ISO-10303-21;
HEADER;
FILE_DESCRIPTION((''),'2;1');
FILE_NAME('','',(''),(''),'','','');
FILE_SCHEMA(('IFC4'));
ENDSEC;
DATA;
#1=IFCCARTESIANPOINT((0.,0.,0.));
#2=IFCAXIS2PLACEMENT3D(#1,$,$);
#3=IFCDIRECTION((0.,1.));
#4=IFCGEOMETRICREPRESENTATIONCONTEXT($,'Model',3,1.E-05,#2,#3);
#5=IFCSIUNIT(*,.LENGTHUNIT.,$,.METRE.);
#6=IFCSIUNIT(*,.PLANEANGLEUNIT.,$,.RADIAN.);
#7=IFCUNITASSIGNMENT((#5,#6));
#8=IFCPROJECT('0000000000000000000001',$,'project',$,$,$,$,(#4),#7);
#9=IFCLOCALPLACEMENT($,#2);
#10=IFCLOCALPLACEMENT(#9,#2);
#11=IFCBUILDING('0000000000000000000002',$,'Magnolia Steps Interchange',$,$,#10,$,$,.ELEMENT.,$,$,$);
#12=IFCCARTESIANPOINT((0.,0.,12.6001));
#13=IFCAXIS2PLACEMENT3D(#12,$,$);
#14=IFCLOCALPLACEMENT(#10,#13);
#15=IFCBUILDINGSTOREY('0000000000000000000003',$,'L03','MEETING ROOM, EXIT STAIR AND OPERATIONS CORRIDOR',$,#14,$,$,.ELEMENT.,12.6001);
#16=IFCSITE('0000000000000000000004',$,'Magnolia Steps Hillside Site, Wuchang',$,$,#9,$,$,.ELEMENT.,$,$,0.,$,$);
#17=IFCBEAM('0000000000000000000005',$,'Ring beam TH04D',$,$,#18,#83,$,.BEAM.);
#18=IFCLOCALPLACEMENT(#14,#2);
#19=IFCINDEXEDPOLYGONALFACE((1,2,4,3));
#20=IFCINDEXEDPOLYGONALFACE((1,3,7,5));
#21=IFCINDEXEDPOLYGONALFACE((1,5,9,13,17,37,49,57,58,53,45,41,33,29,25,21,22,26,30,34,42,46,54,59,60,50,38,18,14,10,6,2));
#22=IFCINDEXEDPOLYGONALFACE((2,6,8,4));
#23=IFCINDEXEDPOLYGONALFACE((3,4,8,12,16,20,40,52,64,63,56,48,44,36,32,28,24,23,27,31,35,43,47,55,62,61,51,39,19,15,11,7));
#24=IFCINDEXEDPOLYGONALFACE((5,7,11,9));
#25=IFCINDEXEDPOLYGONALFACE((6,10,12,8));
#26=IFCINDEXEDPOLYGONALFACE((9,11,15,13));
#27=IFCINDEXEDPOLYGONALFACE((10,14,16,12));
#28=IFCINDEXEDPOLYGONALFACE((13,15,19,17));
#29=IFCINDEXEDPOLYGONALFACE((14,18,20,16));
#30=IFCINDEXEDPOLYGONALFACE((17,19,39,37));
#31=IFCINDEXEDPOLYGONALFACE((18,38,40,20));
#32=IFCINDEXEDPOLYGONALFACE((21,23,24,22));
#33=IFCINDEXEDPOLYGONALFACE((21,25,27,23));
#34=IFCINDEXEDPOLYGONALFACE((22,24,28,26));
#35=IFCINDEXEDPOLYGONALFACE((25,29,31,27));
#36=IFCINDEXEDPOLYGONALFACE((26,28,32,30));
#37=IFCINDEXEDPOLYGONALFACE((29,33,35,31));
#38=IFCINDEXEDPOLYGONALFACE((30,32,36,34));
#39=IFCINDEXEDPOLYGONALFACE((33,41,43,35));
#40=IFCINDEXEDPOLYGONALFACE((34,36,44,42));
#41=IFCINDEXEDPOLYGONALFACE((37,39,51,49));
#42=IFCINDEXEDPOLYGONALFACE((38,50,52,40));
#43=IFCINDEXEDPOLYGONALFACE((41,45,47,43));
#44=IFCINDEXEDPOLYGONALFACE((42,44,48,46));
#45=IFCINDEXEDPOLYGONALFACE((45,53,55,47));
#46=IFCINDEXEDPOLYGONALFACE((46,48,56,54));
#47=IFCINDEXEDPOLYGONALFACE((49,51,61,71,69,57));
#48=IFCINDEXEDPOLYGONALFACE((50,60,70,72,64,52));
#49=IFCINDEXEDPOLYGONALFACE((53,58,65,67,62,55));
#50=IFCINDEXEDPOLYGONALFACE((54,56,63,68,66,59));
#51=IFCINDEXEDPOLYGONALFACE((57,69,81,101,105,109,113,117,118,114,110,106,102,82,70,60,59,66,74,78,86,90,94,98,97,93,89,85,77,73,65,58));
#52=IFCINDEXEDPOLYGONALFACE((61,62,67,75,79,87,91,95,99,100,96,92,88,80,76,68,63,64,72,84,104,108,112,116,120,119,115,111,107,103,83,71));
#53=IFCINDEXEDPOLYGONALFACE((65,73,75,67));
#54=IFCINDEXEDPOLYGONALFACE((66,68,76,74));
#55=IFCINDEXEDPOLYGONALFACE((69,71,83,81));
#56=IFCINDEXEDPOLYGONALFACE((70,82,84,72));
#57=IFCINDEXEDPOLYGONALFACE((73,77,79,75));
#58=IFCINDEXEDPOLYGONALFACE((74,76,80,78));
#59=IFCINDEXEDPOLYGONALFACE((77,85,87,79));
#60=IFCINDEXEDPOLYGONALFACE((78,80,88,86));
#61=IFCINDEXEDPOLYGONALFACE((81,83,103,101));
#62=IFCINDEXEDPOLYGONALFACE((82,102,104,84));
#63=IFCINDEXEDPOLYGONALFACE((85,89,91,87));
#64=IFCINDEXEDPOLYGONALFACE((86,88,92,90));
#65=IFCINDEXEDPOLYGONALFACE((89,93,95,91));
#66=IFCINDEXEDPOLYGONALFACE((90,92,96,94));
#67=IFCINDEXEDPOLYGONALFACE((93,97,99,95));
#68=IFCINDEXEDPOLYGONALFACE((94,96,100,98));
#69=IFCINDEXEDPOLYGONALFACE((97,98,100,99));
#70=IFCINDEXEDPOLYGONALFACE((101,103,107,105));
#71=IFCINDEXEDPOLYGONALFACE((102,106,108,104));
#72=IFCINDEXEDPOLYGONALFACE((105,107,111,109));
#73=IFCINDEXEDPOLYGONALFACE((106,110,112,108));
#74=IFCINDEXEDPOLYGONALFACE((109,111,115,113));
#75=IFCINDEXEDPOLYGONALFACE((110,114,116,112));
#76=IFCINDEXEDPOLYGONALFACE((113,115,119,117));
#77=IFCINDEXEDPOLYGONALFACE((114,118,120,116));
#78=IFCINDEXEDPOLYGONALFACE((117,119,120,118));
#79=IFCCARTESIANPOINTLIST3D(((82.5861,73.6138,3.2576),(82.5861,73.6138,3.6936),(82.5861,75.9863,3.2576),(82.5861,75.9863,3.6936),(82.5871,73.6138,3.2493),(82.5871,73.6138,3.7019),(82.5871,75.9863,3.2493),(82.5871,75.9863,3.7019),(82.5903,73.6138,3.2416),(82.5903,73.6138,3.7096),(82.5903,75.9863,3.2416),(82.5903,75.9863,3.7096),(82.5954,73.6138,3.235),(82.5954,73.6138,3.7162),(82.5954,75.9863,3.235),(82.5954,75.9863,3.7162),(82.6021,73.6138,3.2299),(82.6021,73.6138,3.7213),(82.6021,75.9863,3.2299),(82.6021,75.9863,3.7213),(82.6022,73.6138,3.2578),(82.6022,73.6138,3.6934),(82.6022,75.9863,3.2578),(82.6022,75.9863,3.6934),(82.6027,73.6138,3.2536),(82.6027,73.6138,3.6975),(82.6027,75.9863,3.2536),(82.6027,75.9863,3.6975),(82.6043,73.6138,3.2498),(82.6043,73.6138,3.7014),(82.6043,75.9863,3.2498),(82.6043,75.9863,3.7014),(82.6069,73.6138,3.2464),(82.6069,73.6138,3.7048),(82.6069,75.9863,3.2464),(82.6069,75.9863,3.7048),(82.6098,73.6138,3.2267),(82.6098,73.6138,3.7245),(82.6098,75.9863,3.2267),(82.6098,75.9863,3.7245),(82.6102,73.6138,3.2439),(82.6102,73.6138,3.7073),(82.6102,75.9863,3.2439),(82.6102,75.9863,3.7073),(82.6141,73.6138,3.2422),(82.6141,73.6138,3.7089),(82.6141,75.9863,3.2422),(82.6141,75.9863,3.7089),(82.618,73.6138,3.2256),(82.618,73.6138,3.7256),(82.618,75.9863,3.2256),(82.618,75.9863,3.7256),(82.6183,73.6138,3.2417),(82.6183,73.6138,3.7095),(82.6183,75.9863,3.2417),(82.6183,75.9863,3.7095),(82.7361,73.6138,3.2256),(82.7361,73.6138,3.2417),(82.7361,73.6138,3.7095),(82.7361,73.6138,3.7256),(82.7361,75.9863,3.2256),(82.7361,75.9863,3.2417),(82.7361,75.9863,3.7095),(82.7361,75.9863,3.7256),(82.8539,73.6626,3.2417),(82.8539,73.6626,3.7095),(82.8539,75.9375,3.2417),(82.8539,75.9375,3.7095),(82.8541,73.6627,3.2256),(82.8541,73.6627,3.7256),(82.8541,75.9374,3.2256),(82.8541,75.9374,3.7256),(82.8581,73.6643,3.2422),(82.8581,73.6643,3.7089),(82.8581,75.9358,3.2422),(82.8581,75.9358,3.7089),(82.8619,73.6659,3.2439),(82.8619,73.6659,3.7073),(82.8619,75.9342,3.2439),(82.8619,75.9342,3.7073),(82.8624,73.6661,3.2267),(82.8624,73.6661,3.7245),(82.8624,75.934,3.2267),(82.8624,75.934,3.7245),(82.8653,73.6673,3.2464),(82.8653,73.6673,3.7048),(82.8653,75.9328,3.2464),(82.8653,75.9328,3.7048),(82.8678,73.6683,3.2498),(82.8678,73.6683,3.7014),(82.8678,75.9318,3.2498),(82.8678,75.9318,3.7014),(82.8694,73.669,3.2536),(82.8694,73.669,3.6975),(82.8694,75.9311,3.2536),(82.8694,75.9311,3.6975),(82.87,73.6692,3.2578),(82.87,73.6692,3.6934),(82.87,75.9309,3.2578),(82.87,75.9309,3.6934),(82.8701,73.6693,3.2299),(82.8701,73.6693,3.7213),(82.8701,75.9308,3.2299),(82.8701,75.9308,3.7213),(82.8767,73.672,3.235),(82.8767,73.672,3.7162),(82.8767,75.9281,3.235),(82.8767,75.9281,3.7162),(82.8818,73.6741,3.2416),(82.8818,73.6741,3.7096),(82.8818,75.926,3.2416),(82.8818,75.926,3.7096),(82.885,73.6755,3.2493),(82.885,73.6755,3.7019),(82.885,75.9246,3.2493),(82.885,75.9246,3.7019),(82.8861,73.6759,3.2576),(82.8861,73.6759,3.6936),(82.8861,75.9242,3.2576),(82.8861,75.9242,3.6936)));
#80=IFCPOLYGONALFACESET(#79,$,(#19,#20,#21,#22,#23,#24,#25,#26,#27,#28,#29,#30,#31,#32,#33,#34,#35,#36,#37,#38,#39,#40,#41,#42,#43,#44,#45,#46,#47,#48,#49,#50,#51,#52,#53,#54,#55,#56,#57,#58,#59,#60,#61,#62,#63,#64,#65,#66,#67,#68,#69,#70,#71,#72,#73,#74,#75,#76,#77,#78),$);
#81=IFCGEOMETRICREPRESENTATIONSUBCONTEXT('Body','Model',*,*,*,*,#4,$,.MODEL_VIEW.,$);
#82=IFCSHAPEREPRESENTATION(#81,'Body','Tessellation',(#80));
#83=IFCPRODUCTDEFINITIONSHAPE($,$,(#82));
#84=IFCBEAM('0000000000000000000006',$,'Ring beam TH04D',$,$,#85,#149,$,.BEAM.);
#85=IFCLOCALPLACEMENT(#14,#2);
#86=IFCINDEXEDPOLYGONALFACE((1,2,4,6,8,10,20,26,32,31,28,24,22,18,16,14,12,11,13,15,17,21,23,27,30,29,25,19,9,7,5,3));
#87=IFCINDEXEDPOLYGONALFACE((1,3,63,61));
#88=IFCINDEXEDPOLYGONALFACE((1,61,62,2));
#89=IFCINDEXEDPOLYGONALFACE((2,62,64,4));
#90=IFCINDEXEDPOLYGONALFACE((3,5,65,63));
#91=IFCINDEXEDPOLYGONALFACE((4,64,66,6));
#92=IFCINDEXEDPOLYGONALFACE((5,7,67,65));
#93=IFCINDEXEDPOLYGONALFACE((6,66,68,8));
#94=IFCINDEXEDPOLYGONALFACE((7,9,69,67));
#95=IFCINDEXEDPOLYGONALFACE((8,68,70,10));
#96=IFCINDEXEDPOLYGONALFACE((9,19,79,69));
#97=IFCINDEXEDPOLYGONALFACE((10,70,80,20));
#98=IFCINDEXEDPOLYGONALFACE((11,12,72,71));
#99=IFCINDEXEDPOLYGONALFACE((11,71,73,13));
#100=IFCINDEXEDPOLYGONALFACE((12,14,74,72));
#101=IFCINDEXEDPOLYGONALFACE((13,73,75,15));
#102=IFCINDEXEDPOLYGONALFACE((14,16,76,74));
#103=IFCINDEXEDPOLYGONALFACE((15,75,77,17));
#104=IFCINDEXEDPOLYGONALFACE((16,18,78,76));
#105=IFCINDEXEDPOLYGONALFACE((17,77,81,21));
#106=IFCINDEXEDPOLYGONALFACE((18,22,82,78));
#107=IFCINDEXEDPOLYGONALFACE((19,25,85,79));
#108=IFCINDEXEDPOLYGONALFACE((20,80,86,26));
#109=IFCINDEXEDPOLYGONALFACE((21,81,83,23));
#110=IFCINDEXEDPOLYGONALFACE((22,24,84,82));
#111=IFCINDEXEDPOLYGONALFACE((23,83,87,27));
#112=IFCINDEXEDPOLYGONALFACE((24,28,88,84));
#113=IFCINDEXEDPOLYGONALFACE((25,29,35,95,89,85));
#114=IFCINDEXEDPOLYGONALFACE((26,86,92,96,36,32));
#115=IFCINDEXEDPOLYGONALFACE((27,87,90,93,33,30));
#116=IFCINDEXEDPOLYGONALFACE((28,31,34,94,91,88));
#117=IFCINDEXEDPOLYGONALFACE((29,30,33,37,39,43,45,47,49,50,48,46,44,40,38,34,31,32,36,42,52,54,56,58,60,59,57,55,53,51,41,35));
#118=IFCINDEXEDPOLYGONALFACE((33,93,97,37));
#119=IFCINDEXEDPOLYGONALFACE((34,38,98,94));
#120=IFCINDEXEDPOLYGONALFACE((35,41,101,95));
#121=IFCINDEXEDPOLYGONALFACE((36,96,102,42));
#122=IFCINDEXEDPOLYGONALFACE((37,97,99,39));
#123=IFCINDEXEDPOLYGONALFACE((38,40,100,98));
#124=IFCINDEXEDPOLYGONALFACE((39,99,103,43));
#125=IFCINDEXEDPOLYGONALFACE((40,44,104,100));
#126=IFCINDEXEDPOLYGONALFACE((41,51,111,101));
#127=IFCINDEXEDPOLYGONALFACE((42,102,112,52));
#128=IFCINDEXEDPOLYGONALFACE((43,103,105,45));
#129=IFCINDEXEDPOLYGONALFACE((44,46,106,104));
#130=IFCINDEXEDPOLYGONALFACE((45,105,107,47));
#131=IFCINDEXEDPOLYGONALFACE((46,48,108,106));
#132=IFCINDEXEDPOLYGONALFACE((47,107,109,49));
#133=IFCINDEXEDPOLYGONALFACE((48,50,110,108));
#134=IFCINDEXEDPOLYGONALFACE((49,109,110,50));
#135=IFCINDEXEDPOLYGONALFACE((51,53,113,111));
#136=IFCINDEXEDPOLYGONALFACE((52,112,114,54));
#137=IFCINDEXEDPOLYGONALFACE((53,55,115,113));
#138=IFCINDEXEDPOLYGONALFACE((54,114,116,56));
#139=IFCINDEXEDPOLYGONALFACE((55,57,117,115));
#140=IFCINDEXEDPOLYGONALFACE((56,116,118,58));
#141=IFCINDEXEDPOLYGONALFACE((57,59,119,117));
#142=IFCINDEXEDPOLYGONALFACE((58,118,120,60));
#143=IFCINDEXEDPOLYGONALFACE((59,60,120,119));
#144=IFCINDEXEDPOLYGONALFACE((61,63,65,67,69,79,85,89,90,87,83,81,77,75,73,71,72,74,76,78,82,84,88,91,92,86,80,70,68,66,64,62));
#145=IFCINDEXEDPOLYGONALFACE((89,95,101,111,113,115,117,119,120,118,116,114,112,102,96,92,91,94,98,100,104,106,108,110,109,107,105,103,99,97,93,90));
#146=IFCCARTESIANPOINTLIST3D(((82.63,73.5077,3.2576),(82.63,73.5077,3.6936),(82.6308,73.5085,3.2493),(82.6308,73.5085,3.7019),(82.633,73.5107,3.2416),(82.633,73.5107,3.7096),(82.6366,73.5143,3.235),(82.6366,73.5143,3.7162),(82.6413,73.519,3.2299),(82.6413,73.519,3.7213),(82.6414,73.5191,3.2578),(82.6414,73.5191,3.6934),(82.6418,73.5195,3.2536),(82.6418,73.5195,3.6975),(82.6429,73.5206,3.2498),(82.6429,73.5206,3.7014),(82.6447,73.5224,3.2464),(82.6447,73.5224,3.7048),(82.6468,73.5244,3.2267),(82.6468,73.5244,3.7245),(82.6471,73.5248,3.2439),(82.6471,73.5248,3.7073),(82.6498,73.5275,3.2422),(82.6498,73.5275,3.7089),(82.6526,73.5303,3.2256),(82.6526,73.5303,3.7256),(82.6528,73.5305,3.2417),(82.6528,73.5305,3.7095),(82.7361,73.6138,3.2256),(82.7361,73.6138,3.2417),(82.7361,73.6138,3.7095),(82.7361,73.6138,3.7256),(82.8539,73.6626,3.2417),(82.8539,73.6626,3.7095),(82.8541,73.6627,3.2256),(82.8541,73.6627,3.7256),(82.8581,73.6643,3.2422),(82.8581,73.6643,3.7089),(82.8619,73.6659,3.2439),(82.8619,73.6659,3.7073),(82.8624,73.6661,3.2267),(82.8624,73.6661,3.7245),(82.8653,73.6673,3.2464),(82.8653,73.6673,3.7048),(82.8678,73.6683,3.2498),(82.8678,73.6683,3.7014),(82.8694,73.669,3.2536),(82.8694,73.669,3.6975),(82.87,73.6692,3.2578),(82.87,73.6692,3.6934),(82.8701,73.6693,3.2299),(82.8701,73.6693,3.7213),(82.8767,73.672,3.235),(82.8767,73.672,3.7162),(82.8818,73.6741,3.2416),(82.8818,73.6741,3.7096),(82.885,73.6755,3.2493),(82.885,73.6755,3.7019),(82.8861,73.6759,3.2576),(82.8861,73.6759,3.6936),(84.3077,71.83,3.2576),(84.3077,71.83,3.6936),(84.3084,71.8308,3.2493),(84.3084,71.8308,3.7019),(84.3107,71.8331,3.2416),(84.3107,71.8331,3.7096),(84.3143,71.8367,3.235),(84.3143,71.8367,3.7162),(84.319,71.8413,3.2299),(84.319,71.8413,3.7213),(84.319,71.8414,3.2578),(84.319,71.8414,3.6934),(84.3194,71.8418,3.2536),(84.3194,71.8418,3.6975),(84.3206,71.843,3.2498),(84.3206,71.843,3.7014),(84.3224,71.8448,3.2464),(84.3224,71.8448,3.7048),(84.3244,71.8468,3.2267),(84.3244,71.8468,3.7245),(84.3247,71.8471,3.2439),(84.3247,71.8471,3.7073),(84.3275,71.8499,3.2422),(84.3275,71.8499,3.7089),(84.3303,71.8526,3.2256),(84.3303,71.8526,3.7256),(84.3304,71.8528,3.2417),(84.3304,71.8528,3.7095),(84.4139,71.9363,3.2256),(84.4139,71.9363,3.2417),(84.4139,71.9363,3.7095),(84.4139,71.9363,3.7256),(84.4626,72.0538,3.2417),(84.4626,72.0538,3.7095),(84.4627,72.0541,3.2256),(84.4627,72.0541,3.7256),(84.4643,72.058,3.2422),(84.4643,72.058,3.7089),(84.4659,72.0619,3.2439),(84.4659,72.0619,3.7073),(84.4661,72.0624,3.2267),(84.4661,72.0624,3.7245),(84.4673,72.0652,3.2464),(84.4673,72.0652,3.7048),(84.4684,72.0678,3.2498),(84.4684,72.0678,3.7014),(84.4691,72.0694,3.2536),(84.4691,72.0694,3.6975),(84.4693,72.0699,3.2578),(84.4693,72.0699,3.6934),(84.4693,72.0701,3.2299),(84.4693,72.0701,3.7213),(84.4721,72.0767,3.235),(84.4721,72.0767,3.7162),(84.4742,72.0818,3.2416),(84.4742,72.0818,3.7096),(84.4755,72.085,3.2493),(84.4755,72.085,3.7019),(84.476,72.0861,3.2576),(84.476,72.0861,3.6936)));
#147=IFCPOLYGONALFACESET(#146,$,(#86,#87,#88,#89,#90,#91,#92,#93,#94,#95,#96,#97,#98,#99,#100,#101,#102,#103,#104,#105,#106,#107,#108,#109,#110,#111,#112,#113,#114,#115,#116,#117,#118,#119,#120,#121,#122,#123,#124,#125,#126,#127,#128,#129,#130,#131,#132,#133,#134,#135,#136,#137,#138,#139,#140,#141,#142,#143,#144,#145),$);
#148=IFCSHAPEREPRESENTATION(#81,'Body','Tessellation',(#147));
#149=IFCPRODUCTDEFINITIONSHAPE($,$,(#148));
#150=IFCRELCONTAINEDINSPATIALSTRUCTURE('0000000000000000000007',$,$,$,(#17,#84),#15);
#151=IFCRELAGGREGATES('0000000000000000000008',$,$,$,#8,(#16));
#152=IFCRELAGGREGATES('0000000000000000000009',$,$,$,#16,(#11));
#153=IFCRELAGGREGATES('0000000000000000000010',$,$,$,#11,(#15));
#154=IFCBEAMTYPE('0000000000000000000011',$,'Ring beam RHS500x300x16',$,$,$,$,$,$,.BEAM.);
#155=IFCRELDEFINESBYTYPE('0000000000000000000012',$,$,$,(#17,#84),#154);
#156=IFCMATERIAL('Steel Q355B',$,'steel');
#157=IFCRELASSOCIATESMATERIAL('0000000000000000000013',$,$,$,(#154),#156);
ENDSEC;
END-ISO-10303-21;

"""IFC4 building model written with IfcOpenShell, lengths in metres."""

from ifc_helpers import new_model, si_unit, direction, frame, origin, origin_2d, place, context, subcontext, project, spatial, hollow_rectangle, extrude, clip, halfspace, material, material_profile, profile_set, type_object, element, save


model = new_model("IFC4")

# Units and contexts
model_context = context("Model", 3, precision=1e-05, world=origin(), true_north=direction((0.0, 1.0)))
body_context = subcontext(model_context, "Body", "Model", "MODEL_VIEW")
ifc_project = project(units=[si_unit("LENGTHUNIT", "METRE"), si_unit("PLANEANGLEUNIT", "RADIAN")], contexts=[model_context])

# Site, building, storey
site_placement = place(None, origin())
site = spatial("IfcSite", under=ifc_project, at=site_placement, Name="Magnolia Steps Hillside Site, Wuchang", CompositionType="ELEMENT", RefElevation=0.0)
building_placement = place(site_placement, origin())
building = spatial("IfcBuilding", under=site, at=building_placement, Name="Magnolia Steps Interchange", CompositionType="ELEMENT")
storey_placement = place(building_placement, frame((0.0, 0.0, 12.6001)))
storey = spatial("IfcBuildingStorey", under=building, at=storey_placement, Name="L03", Description="MEETING ROOM, EXIT STAIR AND OPERATIONS CORRIDOR", CompositionType="ELEMENT", Elevation=12.6001)

# Beams
ifc_material_1 = material(Name="Steel Q355B", Category="steel")
ifc_material_profile_1 = material_profile(ifc_material_1, hollow_rectangle(XDim=0.3, YDim=0.5, WallThickness=0.0161, InnerFilletRadius=0.0161, OuterFilletRadius=0.032, at=origin_2d()), Name="RHS500x300x16")
ifc_profile_set_1 = profile_set([ifc_material_profile_1], Name="Steel Q355B")
beam_type_1 = type_object("IfcBeamType", Name="Ring beam RHS500x300x16", PredefinedType="BEAM", material=ifc_profile_set_1)
beam_1_placement = place(storey_placement, frame((82.7361, 75.9863, 3.4756), z_axis=(0.0, -1.0, 0.0), x_axis=(1.0, 0.0, 0.0)))
element("IfcBeam", 1, at=beam_1_placement, inside=storey, type_object=beam_type_1, Name="Ring beam TH04D", PredefinedType="BEAM", context=body_context, shape_type="Clipping", body=[
    clip(clip(extrude(hollow_rectangle(XDim=0.3, YDim=0.5, WallThickness=0.0161, InnerFilletRadius=0.0161, OuterFilletRadius=0.032, at=origin_2d()), origin(), (0.0, 0.0, 1.0), 2.3726), halfspace(frame((0.0, 0.0, 0.0), z_axis=(0.382683, 0.0, -0.92388), x_axis=(0.92388, 0.0, 0.382683)), False)), halfspace(frame((0.0, 0.0, 2.3726), z_axis=(0.382683, 0.0, 0.92388), x_axis=(0.92388, 0.0, -0.382683)), False)),
])
beam_2_placement = place(storey_placement, frame((82.7361, 73.6138, 3.4756), z_axis=(0.707107, -0.707107, 0.0), x_axis=(0.707107, 0.707107, 0.0)))
element("IfcBeam", 2, at=beam_2_placement, inside=storey, type_object=beam_type_1, Name="Ring beam TH04D", PredefinedType="BEAM", context=body_context, shape_type="Clipping", body=[
    clip(clip(extrude(hollow_rectangle(XDim=0.3, YDim=0.5, WallThickness=0.0161, InnerFilletRadius=0.0161, OuterFilletRadius=0.032, at=origin_2d()), origin(), (0.0, 0.0, 1.0), 2.3726), halfspace(frame((0.0, 0.0, 0.0), z_axis=(0.382683, 0.0, -0.92388), x_axis=(0.92388, 0.0, 0.382683)), False)), halfspace(frame((0.0, 0.0, 2.3727), z_axis=(0.382683, 0.0, 0.92388), x_axis=(0.92388, 0.0, -0.382683)), False)),
])

save(model, "model.ifc")
